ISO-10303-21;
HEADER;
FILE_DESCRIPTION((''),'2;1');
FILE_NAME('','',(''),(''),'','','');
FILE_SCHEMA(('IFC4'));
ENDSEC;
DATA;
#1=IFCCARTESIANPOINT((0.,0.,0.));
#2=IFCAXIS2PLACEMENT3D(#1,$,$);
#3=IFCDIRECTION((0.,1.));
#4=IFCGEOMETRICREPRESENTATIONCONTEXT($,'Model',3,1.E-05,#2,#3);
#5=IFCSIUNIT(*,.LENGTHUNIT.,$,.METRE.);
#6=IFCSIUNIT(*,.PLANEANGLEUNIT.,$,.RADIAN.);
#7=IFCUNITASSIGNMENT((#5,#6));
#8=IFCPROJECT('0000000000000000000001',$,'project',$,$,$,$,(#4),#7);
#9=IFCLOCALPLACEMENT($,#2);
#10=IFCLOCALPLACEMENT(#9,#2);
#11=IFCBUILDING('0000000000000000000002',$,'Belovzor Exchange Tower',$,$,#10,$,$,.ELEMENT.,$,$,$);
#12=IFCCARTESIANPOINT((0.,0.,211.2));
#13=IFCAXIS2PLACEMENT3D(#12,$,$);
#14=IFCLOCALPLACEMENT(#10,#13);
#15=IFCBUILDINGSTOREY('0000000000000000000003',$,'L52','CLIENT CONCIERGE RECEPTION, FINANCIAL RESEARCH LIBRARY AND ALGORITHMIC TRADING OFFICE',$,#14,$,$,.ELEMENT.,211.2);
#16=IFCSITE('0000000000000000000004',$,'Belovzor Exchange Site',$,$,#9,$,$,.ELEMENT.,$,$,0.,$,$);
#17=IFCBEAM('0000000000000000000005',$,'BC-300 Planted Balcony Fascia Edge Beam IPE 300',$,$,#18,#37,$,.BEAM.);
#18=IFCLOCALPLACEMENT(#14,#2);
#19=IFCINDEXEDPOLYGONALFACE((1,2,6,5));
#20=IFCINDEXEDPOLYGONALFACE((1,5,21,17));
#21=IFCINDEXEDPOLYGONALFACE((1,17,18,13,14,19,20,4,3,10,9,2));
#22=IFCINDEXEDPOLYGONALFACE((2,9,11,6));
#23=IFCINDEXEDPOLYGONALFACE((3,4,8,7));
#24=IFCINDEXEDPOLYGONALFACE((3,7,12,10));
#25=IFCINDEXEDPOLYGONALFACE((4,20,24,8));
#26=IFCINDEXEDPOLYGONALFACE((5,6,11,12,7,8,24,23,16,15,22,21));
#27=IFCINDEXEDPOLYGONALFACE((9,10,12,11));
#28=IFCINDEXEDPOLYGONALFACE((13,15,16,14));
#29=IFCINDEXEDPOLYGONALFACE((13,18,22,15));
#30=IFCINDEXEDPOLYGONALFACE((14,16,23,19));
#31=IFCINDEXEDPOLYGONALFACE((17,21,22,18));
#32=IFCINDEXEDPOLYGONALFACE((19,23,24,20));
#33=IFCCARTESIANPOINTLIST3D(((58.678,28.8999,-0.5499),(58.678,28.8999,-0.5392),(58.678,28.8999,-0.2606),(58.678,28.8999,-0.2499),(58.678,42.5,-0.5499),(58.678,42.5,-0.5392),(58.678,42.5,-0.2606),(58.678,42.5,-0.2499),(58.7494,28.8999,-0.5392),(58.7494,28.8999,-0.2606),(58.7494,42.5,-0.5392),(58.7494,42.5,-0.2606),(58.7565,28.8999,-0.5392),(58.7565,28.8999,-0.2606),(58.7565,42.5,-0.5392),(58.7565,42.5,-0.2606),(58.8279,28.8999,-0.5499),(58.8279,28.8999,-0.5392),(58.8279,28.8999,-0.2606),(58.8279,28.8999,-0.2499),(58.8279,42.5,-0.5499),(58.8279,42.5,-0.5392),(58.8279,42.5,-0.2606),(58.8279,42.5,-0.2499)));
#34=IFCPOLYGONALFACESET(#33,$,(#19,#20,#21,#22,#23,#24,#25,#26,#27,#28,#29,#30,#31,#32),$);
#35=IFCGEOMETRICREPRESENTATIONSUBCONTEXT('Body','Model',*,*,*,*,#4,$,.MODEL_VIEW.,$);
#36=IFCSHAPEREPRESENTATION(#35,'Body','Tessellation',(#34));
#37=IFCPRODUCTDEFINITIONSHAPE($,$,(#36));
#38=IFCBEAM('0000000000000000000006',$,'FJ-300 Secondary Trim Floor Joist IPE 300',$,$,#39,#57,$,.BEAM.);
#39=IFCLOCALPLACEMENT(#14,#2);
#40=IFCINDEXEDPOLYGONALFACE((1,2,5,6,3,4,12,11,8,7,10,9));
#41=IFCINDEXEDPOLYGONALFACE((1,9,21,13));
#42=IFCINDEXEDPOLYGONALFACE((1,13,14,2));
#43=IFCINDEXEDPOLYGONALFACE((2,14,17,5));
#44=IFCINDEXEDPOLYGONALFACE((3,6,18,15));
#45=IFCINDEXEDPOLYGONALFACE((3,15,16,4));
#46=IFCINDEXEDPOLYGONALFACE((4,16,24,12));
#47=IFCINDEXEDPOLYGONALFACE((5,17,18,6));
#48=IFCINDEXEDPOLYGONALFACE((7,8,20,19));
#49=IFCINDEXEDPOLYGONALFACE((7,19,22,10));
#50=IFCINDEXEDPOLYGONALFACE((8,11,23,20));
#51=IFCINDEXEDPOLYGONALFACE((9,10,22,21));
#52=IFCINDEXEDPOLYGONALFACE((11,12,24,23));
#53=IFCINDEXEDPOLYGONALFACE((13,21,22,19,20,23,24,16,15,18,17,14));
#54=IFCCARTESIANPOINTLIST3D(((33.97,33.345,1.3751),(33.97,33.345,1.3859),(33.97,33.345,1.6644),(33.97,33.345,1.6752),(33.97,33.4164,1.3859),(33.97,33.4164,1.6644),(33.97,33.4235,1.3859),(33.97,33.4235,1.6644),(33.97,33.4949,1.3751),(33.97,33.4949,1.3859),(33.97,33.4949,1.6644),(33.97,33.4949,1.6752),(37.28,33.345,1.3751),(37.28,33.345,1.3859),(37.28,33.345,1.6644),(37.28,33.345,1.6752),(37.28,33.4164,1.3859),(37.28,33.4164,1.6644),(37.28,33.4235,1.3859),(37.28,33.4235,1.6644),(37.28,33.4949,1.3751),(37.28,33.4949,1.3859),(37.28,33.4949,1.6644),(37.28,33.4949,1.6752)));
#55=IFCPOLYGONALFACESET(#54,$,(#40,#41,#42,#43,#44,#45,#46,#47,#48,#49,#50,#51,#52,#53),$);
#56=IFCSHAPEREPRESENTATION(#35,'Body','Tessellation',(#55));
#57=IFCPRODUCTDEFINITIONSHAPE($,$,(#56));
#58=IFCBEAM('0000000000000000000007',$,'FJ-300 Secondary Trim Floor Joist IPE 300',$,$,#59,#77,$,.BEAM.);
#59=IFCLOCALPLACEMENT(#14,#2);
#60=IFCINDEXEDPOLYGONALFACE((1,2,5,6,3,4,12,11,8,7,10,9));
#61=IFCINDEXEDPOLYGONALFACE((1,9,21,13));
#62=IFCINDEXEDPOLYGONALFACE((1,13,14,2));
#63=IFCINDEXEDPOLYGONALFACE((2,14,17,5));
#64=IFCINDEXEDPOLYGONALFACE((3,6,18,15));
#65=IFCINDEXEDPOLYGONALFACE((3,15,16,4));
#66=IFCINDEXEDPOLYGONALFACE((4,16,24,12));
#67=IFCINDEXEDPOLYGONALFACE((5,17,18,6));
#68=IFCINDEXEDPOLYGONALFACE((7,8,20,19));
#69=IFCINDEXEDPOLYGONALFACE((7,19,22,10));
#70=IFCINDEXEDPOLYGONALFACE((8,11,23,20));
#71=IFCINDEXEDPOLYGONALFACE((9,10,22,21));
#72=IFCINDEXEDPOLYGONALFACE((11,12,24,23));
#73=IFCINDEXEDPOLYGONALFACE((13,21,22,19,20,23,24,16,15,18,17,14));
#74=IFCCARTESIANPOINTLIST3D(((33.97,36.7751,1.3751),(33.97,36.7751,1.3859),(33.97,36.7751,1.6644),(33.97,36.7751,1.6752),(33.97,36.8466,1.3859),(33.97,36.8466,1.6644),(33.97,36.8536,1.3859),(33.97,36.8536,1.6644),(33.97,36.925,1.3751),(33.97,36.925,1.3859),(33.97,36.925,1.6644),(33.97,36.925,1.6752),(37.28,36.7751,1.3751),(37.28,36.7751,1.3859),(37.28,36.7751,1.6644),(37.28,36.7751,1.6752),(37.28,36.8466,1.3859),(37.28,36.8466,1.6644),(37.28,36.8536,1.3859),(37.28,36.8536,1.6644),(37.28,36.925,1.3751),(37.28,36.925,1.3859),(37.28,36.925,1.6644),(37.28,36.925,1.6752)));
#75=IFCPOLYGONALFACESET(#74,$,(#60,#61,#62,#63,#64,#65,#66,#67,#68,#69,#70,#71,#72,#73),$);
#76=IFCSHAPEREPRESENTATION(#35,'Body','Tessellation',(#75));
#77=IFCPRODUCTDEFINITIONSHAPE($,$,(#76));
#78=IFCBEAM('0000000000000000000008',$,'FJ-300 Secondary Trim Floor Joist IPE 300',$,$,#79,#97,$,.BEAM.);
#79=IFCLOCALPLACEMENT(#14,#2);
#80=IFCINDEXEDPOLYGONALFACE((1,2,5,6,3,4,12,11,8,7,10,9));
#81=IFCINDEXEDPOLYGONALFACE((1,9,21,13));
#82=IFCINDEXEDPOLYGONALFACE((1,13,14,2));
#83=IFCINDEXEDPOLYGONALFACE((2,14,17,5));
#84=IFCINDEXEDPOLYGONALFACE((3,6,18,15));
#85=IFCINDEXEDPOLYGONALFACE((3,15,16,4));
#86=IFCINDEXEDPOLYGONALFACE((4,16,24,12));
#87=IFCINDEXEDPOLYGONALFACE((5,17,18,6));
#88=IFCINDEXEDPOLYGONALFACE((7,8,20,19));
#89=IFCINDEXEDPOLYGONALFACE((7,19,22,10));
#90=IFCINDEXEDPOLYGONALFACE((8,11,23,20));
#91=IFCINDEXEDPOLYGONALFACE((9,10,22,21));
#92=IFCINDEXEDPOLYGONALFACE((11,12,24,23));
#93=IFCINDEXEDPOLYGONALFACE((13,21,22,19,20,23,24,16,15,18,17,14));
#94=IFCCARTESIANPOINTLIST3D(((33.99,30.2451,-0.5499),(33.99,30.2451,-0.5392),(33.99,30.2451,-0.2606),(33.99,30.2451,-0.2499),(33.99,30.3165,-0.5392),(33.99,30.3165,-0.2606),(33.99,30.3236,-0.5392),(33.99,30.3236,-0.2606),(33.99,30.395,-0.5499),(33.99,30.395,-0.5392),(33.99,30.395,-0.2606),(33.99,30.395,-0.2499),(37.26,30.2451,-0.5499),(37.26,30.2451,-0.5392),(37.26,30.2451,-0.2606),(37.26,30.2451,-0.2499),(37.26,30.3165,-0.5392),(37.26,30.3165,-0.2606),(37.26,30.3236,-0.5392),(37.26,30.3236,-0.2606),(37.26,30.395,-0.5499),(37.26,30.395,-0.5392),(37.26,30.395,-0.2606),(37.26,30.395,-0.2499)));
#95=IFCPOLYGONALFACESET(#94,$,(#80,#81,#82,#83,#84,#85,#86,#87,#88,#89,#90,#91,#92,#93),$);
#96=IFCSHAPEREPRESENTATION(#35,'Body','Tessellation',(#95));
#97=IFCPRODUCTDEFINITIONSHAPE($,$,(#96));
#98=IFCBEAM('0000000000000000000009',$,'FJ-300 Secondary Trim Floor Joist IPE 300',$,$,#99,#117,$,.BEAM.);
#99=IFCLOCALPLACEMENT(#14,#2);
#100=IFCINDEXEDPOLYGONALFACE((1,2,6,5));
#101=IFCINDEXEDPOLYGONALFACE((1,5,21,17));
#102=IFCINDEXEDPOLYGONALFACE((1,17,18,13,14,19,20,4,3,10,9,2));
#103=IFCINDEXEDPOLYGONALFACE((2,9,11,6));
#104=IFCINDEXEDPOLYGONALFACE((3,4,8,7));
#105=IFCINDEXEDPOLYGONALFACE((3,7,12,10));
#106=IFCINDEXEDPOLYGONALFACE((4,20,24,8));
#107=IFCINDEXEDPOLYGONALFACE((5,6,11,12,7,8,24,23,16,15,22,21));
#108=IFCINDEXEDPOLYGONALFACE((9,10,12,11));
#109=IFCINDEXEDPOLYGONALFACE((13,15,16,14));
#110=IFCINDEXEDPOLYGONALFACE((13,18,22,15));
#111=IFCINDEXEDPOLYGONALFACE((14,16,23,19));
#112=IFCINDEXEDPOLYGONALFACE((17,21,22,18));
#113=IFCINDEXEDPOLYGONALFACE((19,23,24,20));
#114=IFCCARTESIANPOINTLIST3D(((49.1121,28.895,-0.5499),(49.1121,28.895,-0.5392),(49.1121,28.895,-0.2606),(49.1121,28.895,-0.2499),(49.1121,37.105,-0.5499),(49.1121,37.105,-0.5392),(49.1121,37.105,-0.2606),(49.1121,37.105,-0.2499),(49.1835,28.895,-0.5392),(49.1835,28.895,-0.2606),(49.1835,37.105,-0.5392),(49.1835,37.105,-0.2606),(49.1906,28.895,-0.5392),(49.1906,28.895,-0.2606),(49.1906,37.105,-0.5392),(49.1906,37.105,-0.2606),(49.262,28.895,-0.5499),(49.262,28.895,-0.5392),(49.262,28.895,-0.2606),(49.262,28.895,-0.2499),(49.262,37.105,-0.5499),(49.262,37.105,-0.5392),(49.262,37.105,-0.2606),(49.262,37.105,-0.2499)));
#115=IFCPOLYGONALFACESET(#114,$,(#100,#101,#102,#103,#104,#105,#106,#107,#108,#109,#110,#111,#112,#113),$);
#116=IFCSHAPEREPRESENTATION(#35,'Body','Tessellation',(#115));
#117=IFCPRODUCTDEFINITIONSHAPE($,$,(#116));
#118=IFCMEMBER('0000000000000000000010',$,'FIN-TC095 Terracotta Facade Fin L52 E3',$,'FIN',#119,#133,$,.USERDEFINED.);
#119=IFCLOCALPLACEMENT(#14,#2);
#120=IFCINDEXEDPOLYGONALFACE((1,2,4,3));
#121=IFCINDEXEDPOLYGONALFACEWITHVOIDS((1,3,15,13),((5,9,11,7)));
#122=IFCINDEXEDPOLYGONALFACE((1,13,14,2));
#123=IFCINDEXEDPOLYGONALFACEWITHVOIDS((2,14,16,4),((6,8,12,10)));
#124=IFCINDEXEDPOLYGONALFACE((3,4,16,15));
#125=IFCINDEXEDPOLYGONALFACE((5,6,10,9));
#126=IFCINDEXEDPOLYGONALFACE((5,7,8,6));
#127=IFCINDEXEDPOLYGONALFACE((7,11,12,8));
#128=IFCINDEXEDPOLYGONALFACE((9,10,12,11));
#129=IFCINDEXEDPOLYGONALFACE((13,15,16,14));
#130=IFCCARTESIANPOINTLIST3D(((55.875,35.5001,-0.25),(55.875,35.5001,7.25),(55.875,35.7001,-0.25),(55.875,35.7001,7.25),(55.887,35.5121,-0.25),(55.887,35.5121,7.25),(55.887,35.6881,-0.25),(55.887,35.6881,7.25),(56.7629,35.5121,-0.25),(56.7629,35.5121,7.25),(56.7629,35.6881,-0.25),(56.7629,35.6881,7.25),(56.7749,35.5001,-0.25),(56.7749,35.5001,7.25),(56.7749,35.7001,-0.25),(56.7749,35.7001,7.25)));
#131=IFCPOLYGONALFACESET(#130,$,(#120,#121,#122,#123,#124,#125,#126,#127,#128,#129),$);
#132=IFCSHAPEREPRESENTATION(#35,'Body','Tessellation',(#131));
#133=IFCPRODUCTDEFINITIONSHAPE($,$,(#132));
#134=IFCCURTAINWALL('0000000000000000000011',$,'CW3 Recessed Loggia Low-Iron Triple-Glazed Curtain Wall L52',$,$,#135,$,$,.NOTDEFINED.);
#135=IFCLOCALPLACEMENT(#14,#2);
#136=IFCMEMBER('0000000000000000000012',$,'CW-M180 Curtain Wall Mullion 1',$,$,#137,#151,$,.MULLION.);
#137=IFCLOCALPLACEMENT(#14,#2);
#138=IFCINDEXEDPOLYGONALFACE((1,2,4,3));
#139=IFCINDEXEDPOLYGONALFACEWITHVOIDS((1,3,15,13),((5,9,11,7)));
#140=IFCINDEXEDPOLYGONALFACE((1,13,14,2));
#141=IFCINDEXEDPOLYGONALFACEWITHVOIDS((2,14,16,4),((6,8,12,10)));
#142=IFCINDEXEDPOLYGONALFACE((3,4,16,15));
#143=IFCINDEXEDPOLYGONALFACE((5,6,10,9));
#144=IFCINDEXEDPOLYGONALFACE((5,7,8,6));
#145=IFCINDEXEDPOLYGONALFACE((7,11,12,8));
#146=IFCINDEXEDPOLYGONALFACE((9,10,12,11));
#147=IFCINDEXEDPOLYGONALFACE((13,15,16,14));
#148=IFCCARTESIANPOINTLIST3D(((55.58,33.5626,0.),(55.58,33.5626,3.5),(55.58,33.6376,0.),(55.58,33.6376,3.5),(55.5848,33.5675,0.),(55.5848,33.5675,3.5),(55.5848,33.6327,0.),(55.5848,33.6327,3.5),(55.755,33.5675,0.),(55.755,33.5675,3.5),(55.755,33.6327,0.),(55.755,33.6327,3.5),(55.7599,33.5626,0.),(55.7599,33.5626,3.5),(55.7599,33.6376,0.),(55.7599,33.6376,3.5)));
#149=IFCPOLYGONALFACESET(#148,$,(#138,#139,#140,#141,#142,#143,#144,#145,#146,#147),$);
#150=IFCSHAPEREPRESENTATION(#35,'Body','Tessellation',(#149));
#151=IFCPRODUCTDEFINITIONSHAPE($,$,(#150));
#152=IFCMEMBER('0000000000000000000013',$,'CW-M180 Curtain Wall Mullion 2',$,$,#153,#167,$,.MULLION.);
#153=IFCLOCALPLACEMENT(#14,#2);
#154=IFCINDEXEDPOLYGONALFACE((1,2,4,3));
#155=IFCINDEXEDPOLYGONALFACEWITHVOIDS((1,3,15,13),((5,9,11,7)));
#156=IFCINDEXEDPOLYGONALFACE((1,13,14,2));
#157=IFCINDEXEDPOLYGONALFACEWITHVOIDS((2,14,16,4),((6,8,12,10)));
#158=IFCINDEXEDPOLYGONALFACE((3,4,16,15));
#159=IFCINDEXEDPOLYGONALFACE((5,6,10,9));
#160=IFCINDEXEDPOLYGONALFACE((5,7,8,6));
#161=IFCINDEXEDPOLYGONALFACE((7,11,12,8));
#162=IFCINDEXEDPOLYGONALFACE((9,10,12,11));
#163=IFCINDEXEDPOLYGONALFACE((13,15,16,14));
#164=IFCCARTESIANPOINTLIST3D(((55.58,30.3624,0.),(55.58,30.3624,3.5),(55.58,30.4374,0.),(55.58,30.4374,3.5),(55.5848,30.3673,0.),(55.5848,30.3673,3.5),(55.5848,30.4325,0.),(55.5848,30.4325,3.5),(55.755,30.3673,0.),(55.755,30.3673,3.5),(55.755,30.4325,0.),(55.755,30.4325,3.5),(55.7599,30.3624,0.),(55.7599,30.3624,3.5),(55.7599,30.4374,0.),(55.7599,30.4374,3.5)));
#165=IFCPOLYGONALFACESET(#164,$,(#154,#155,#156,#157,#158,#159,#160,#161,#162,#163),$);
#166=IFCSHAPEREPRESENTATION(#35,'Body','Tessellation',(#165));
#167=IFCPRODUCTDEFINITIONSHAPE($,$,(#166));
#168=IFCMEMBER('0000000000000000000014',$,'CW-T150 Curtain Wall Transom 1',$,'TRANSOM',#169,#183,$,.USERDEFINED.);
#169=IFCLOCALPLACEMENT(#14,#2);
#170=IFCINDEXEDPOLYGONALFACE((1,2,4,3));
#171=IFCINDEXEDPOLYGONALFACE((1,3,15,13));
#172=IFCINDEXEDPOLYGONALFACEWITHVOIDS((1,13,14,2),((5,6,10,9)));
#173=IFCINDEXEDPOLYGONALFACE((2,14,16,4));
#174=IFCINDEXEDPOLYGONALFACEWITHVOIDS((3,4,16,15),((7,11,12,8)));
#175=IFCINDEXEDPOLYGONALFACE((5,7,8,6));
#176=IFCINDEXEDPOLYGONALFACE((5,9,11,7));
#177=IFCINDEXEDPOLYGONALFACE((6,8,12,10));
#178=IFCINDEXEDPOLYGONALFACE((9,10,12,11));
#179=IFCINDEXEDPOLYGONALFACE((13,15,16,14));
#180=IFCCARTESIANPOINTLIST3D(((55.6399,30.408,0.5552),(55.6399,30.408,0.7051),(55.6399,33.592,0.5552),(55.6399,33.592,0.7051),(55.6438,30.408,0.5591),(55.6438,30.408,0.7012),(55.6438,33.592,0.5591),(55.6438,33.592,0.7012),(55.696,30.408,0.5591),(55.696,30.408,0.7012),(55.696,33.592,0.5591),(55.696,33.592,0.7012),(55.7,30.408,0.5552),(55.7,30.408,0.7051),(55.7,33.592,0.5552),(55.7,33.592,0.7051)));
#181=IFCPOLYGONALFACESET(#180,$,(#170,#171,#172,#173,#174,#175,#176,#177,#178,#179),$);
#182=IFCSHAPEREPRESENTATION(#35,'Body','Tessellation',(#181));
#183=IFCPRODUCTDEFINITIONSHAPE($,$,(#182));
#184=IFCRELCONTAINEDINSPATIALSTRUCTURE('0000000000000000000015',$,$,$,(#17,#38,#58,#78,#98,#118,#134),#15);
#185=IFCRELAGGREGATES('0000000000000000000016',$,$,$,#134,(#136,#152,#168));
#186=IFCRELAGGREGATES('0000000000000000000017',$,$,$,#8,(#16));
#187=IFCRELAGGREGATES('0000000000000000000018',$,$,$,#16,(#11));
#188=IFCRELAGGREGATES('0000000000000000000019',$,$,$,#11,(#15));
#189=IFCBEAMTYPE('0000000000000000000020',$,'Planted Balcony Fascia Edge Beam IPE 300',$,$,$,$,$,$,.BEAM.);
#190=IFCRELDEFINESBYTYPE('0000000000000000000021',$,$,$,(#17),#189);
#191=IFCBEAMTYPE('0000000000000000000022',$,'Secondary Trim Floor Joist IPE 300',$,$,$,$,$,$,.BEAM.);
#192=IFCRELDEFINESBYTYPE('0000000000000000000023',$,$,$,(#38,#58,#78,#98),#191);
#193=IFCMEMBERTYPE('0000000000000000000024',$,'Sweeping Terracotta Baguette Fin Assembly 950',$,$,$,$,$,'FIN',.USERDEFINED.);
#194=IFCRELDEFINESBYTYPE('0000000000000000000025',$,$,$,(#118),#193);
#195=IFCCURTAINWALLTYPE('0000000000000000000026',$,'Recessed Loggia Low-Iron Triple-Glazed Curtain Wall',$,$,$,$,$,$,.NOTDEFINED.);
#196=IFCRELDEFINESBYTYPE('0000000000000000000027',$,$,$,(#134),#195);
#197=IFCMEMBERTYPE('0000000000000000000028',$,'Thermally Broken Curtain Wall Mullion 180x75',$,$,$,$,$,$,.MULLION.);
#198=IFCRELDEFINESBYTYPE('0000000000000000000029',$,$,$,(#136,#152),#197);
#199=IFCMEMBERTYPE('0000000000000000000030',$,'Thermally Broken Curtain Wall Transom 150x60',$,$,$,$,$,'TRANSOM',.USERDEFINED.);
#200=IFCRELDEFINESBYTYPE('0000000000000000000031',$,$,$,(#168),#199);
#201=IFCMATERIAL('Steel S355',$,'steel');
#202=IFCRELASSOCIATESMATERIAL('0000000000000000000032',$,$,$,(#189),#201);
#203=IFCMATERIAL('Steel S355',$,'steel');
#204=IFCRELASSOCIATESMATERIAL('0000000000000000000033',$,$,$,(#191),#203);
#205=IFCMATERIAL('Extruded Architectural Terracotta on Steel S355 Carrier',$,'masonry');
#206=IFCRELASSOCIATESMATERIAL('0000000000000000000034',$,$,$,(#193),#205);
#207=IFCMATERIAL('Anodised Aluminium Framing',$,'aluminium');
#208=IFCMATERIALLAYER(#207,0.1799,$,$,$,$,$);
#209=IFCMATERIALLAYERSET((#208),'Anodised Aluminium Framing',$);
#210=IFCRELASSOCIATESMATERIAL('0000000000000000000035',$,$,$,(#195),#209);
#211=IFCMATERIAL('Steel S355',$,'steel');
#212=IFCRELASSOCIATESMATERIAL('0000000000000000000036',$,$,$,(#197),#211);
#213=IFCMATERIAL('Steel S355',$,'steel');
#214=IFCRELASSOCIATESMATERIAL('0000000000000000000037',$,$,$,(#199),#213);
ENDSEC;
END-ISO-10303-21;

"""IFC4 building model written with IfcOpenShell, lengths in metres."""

from ifc_helpers import new_model, si_unit, direction, frame, origin, origin_2d, place, context, subcontext, project, spatial, hollow_rectangle, i_section, extrude, material, layer, layer_set, material_profile, profile_set, type_object, element, aggregate, save


model = new_model("IFC4")

# Units and contexts
model_context = context("Model", 3, precision=1e-05, world=origin(), true_north=direction((0.0, 1.0)))
body_context = subcontext(model_context, "Body", "Model", "MODEL_VIEW")
ifc_project = project(units=[si_unit("LENGTHUNIT", "METRE"), si_unit("PLANEANGLEUNIT", "RADIAN")], contexts=[model_context])

# Site, building, storey
site_placement = place(None, origin())
site = spatial("IfcSite", under=ifc_project, at=site_placement, Name="Belovzor Exchange Site", CompositionType="ELEMENT", RefElevation=0.0)
building_placement = place(site_placement, origin())
building = spatial("IfcBuilding", under=site, at=building_placement, Name="Belovzor Exchange Tower", CompositionType="ELEMENT")
storey_placement = place(building_placement, frame((0.0, 0.0, 211.2)))
storey = spatial("IfcBuildingStorey", under=building, at=storey_placement, Name="L52", Description="CLIENT CONCIERGE RECEPTION, FINANCIAL RESEARCH LIBRARY AND ALGORITHMIC TRADING OFFICE", CompositionType="ELEMENT", Elevation=211.2)

# Beams
ifc_material_1 = material(Name="Steel S355", Category="steel")
ifc_material_profile_1 = material_profile(ifc_material_1, i_section(OverallWidth=0.1499, OverallDepth=0.3, WebThickness=0.0071, FlangeThickness=0.0107, at=origin_2d()))
ifc_profile_set_1 = profile_set([ifc_material_profile_1], Name="Steel S355")
beam_type_1 = type_object("IfcBeamType", Name="Planted Balcony Fascia Edge Beam IPE 300", PredefinedType="BEAM", material=ifc_profile_set_1)
beam_1_placement = place(storey_placement, frame((58.7529, 28.8999, -0.3999), z_axis=(0.0, 1.0, 0.0), x_axis=(-1.0, 0.0, 0.0)))
element("IfcBeam", 1, at=beam_1_placement, inside=storey, type_object=beam_type_1, Name="BC-300 Planted Balcony Fascia Edge Beam IPE 300", PredefinedType="BEAM", context=body_context, shape_type="SweptSolid", body=[
    extrude(i_section(OverallWidth=0.1499, OverallDepth=0.3, WebThickness=0.0071, FlangeThickness=0.0107, at=origin_2d()), origin(), (0.0, 0.0, 1.0), 13.6001),
])
ifc_material_2 = material(Name="Steel S355", Category="steel")
ifc_material_profile_2 = material_profile(ifc_material_2, i_section(OverallWidth=0.1499, OverallDepth=0.3, WebThickness=0.0071, FlangeThickness=0.0107, at=origin_2d()))
ifc_profile_set_2 = profile_set([ifc_material_profile_2], Name="Steel S355")
beam_type_2 = type_object("IfcBeamType", Name="Secondary Trim Floor Joist IPE 300", PredefinedType="BEAM", material=ifc_profile_set_2)
for number, where, z_axis, x_axis, name in (
    (2, (37.28, 33.4199, 1.5251), (-1.0, 0.0, 0.0), (0.0, -1.0, 0.0), "FJ-300 Secondary Trim Floor Joist IPE 300"),
    (3, (37.28, 36.8501, 1.5251), (-1.0, 0.0, 0.0), (0.0, -1.0, 0.0), "FJ-300 Secondary Trim Floor Joist IPE 300"),
):
    element("IfcBeam", number, at=place(storey_placement, frame(where, z_axis=z_axis, x_axis=x_axis)), inside=storey, type_object=beam_type_2, Name=name, PredefinedType="BEAM", context=body_context, shape_type="SweptSolid", body=[
        extrude(i_section(OverallWidth=0.1499, OverallDepth=0.3, WebThickness=0.0071, FlangeThickness=0.0107, at=origin_2d()), origin(), (0.0, 0.0, 1.0), 3.3101),
    ])
beam_2_placement = place(storey_placement, frame((37.26, 30.3201, -0.3999), z_axis=(-1.0, 0.0, 0.0), x_axis=(0.0, -1.0, 0.0)))
element("IfcBeam", 4, at=beam_2_placement, inside=storey, type_object=beam_type_2, Name="FJ-300 Secondary Trim Floor Joist IPE 300", PredefinedType="BEAM", context=body_context, shape_type="SweptSolid", body=[
    extrude(i_section(OverallWidth=0.1499, OverallDepth=0.3, WebThickness=0.0071, FlangeThickness=0.0107, at=origin_2d()), origin(), (0.0, 0.0, 1.0), 3.27),
])
beam_3_placement = place(storey_placement, frame((49.187, 28.895, -0.3999), z_axis=(0.0, 1.0, 0.0), x_axis=(-1.0, 0.0, 0.0)))
element("IfcBeam", 5, at=beam_3_placement, inside=storey, type_object=beam_type_2, Name="FJ-300 Secondary Trim Floor Joist IPE 300", PredefinedType="BEAM", context=body_context, shape_type="SweptSolid", body=[
    extrude(i_section(OverallWidth=0.1499, OverallDepth=0.3, WebThickness=0.0071, FlangeThickness=0.0107, at=origin_2d()), origin(), (0.0, 0.0, 1.0), 8.21),
])

# Member
ifc_material_3 = material(Name="Extruded Architectural Terracotta on Steel S355 Carrier", Category="masonry")
ifc_material_profile_3 = material_profile(ifc_material_3, hollow_rectangle(XDim=0.2, YDim=0.8999, WallThickness=0.012, at=origin_2d()))
ifc_profile_set_3 = profile_set([ifc_material_profile_3], Name="Extruded Architectural Terracotta on Steel S355 Carrier")
member_type_1 = type_object("IfcMemberType", Name="Sweeping Terracotta Baguette Fin Assembly 950", ElementType="FIN", PredefinedType="USERDEFINED", material=ifc_profile_set_3)
member_1_placement = place(storey_placement, frame((56.325, 35.6001, -0.25), z_axis=(0.0, 0.0, 1.0), x_axis=(0.0, 1.0, 0.0)))
element("IfcMember", 6, at=member_1_placement, inside=storey, type_object=member_type_1, Name="FIN-TC095 Terracotta Facade Fin L52 E3", ObjectType="FIN", PredefinedType="USERDEFINED", context=body_context, shape_type="SweptSolid", body=[
    extrude(hollow_rectangle(XDim=0.2, YDim=0.8999, WallThickness=0.012, at=origin_2d()), origin(), (0.0, 0.0, 1.0), 7.5),
])

# Curtain wall, members
ifc_material_4 = material(Name="Anodised Aluminium Framing", Category="aluminium")
ifc_layer_1 = layer(ifc_material_4, 0.1799)
ifc_layer_set_1 = layer_set([ifc_layer_1], Name="Anodised Aluminium Framing")
curtain_wall_type = type_object("IfcCurtainWallType", Name="Recessed Loggia Low-Iron Triple-Glazed Curtain Wall", PredefinedType="NOTDEFINED", material=ifc_layer_set_1)
curtain_wall_placement = place(storey_placement, origin())
curtain_wall = element("IfcCurtainWall", 7, at=curtain_wall_placement, inside=storey, type_object=curtain_wall_type, Name="CW3 Recessed Loggia Low-Iron Triple-Glazed Curtain Wall L52", PredefinedType="NOTDEFINED")
ifc_material_5 = material(Name="Steel S355", Category="steel")
ifc_material_profile_4 = material_profile(ifc_material_5, hollow_rectangle(XDim=0.075, YDim=0.1799, WallThickness=0.0049, at=origin_2d()))
ifc_profile_set_4 = profile_set([ifc_material_profile_4], Name="Steel S355")
member_type_2 = type_object("IfcMemberType", Name="Thermally Broken Curtain Wall Mullion 180x75", PredefinedType="MULLION", material=ifc_profile_set_4)
member_2_placement = place(storey_placement, frame((55.6699, 33.6001, 0.0), z_axis=(0.0, 0.0, 1.0), x_axis=(0.0, -1.0, 0.0)))
member_2 = element("IfcMember", 8, at=member_2_placement, type_object=member_type_2, Name="CW-M180 Curtain Wall Mullion 1", PredefinedType="MULLION", context=body_context, shape_type="SweptSolid", body=[
    extrude(hollow_rectangle(XDim=0.075, YDim=0.1799, WallThickness=0.0049, at=origin_2d()), origin(), (0.0, 0.0, 1.0), 3.5),
])
member_3_placement = place(storey_placement, frame((55.6699, 30.3999, 0.0), z_axis=(0.0, 0.0, 1.0), x_axis=(0.0, -1.0, 0.0)))
member_3 = element("IfcMember", 9, at=member_3_placement, type_object=member_type_2, Name="CW-M180 Curtain Wall Mullion 2", PredefinedType="MULLION", context=body_context, shape_type="SweptSolid", body=[
    extrude(hollow_rectangle(XDim=0.075, YDim=0.1799, WallThickness=0.0049, at=origin_2d()), origin(), (0.0, 0.0, 1.0), 3.5),
])
ifc_material_6 = material(Name="Steel S355", Category="steel")
ifc_material_profile_5 = material_profile(ifc_material_6, hollow_rectangle(XDim=0.0601, YDim=0.1499, WallThickness=0.0039, at=origin_2d()))
ifc_profile_set_5 = profile_set([ifc_material_profile_5], Name="Steel S355")
member_type_3 = type_object("IfcMemberType", Name="Thermally Broken Curtain Wall Transom 150x60", ElementType="TRANSOM", PredefinedType="USERDEFINED", material=ifc_profile_set_5)
member_4_placement = place(storey_placement, frame((55.6699, 33.592, 0.6301), z_axis=(0.0, -1.0, 0.0), x_axis=(1.0, 0.0, 0.0)))
member_4 = element("IfcMember", 10, at=member_4_placement, type_object=member_type_3, Name="CW-T150 Curtain Wall Transom 1", ObjectType="TRANSOM", PredefinedType="USERDEFINED", context=body_context, shape_type="SweptSolid", body=[
    extrude(hollow_rectangle(XDim=0.0601, YDim=0.1499, WallThickness=0.0039, at=origin_2d()), origin(), (0.0, 0.0, 1.0), 3.1841),
])

aggregate(curtain_wall, [member_2, member_3, member_4])

save(model, "model.ifc")
